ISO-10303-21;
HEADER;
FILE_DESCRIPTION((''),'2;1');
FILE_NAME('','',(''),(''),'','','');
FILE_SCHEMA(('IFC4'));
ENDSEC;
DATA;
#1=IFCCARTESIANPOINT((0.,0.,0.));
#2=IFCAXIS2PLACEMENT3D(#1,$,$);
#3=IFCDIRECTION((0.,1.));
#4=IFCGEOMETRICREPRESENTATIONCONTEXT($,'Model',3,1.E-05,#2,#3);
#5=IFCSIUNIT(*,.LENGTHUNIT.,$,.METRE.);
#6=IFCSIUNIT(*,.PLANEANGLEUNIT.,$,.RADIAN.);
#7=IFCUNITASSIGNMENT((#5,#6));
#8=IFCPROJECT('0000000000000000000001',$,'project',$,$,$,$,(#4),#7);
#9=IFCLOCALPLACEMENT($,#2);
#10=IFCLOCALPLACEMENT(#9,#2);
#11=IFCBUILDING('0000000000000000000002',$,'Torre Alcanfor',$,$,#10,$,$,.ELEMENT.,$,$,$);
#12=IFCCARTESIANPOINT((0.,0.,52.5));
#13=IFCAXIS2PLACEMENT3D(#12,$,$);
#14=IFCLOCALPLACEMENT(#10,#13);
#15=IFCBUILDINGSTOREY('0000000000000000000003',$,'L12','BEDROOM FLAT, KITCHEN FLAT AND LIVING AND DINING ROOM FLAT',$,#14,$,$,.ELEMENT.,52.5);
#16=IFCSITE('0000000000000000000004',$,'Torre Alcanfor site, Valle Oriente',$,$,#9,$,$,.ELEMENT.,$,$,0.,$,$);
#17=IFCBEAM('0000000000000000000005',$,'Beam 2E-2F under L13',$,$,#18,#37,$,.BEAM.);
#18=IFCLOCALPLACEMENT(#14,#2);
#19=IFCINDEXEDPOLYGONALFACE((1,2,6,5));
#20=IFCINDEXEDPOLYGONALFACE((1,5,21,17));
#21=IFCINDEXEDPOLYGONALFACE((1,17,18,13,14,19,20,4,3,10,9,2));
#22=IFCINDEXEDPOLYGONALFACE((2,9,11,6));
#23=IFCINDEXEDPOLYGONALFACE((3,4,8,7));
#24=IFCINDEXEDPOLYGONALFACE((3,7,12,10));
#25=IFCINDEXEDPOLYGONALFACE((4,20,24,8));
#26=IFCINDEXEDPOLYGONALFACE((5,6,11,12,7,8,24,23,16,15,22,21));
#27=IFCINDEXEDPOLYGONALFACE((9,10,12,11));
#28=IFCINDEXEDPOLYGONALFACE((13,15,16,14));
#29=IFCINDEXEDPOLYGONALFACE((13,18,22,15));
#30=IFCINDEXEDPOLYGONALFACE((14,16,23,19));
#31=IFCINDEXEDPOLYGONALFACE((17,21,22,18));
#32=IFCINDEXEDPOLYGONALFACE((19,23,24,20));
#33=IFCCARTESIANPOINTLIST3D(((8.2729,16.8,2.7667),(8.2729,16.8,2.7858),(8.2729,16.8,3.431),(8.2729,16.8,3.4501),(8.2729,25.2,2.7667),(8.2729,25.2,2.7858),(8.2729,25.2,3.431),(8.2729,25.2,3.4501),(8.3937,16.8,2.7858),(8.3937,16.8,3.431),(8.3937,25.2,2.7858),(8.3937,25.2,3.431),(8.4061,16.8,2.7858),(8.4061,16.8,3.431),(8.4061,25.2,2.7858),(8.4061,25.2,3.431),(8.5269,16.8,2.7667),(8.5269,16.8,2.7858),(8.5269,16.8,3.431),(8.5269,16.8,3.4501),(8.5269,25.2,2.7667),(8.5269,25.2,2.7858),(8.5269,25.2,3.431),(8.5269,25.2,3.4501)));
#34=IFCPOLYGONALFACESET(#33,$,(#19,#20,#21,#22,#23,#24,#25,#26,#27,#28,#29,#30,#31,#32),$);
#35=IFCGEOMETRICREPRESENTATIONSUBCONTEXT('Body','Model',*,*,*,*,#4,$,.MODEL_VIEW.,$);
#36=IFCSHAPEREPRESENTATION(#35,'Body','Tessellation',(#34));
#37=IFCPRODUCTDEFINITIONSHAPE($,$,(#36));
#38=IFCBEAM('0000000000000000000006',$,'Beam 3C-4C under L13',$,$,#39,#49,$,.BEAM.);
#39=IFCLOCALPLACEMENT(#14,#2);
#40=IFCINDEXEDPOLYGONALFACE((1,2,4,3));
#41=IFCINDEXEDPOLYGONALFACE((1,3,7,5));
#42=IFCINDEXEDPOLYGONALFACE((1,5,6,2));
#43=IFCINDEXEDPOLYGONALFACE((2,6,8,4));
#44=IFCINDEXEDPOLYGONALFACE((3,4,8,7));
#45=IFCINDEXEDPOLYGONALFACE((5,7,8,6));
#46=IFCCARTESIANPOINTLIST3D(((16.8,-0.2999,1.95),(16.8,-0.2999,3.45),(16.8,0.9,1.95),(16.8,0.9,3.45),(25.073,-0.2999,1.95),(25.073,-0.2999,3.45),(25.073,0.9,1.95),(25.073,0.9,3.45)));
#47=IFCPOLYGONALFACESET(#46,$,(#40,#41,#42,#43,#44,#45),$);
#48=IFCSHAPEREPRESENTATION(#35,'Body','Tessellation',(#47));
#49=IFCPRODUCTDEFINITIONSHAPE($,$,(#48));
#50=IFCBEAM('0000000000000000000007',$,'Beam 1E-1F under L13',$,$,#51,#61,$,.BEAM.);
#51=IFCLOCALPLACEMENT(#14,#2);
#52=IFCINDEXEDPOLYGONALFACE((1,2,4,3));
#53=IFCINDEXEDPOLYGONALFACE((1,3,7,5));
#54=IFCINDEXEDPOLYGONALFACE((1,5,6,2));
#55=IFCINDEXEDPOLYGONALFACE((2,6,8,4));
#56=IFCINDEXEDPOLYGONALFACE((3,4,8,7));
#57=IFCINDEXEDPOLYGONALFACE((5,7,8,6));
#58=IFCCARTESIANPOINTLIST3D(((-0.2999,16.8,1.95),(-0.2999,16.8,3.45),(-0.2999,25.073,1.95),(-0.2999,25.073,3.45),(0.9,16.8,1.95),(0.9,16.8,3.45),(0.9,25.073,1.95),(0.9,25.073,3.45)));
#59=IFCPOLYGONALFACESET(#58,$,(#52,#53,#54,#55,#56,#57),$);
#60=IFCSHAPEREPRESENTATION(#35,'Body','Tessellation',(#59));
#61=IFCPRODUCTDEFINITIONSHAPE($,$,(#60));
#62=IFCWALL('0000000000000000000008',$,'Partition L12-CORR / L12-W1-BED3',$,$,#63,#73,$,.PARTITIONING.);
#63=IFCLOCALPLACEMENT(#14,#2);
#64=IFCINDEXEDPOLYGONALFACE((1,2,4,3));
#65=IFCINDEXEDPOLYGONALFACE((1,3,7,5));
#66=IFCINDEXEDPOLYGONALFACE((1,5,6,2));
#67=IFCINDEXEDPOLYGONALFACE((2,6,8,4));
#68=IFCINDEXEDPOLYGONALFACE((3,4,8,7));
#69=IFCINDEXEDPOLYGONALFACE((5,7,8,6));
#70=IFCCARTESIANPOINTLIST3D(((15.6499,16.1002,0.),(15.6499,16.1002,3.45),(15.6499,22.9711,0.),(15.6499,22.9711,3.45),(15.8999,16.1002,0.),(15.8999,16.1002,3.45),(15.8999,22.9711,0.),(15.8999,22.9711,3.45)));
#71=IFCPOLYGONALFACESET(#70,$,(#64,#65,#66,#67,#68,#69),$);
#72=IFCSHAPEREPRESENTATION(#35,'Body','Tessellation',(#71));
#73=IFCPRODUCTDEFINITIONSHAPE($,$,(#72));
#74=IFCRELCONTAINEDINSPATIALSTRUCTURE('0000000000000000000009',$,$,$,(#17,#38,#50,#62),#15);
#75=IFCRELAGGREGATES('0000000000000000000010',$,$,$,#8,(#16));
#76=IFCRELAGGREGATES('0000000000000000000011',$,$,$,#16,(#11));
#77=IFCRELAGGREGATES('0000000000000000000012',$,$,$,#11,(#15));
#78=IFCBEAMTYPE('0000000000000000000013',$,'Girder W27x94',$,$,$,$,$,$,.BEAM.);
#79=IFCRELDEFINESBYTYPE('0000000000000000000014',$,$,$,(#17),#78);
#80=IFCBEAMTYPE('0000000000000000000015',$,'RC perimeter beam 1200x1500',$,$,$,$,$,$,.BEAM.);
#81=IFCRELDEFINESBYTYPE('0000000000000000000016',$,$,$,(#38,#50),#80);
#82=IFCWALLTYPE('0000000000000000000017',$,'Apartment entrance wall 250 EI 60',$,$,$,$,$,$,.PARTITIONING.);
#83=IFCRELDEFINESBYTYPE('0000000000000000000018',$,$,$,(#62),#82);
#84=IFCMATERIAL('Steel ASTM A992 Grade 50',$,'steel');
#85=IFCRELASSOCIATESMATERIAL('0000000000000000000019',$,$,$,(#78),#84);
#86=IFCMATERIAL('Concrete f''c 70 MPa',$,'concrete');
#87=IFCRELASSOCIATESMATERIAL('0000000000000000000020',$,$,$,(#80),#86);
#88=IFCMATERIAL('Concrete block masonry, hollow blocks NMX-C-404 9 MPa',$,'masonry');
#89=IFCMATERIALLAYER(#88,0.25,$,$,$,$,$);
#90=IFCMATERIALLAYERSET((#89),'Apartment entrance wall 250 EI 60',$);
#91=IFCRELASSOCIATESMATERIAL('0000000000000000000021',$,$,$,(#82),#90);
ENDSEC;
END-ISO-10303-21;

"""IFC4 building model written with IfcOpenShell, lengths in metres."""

from ifc_helpers import new_model, si_unit, direction, frame, frame_2d, origin, origin_2d, place, context, subcontext, project, spatial, rectangle, i_section, extrude, material, layer, layer_set, material_profile, profile_set, type_object, element, save


model = new_model("IFC4")

# Units and contexts
model_context = context("Model", 3, precision=1e-05, world=origin(), true_north=direction((0.0, 1.0)))
body_context = subcontext(model_context, "Body", "Model", "MODEL_VIEW")
ifc_project = project(units=[si_unit("LENGTHUNIT", "METRE"), si_unit("PLANEANGLEUNIT", "RADIAN")], contexts=[model_context])

# Site, building, storey
site_placement = place(None, origin())
site = spatial("IfcSite", under=ifc_project, at=site_placement, Name="Torre Alcanfor site, Valle Oriente", CompositionType="ELEMENT", RefElevation=0.0)
building_placement = place(site_placement, origin())
building = spatial("IfcBuilding", under=site, at=building_placement, Name="Torre Alcanfor", CompositionType="ELEMENT")
storey_placement = place(building_placement, frame((0.0, 0.0, 52.5)))
storey = spatial("IfcBuildingStorey", under=building, at=storey_placement, Name="L12", Description="BEDROOM FLAT, KITCHEN FLAT AND LIVING AND DINING ROOM FLAT", CompositionType="ELEMENT", Elevation=52.5)

# Beams
ifc_material_1 = material(Name="Steel ASTM A992 Grade 50", Category="steel")
ifc_material_profile_1 = material_profile(ifc_material_1, i_section(OverallWidth=0.2539, OverallDepth=0.6833, WebThickness=0.0125, FlangeThickness=0.019, at=origin_2d()), Name="W27x94")
ifc_profile_set_1 = profile_set([ifc_material_profile_1], Name="Steel ASTM A992 Grade 50")
beam_type_1 = type_object("IfcBeamType", Name="Girder W27x94", PredefinedType="BEAM", material=ifc_profile_set_1)
beam_placement = place(storey_placement, frame((8.3999, 16.8, 3.1084), z_axis=(0.0, 1.0, 0.0), x_axis=(-1.0, 0.0, 0.0)))
element("IfcBeam", 1, at=beam_placement, inside=storey, type_object=beam_type_1, Name="Beam 2E-2F under L13", PredefinedType="BEAM", context=body_context, shape_type="SweptSolid", body=[
    extrude(i_section(OverallWidth=0.2539, OverallDepth=0.6833, WebThickness=0.0125, FlangeThickness=0.019, at=origin_2d()), origin(), (0.0, 0.0, 1.0), 8.3999),
])
ifc_material_2 = material(Name="Concrete f'c 70 MPa", Category="concrete")
ifc_material_profile_2 = material_profile(ifc_material_2, rectangle(XDim=1.2, YDim=1.5, at=origin_2d()), Name="1200x1500")
ifc_profile_set_2 = profile_set([ifc_material_profile_2], Name="Concrete f'c 70 MPa")
beam_type_2 = type_object("IfcBeamType", Name="RC perimeter beam 1200x1500", PredefinedType="BEAM", material=ifc_profile_set_2)
for number, where, z_axis, x_axis, name in (
    (2, (16.8, 0.3, 2.7), (1.0, 0.0, 0.0), (0.0, 1.0, 0.0), "Beam 3C-4C under L13"),
    (3, (0.3, 16.8, 2.7), (0.0, 1.0, 0.0), (-1.0, 0.0, 0.0), "Beam 1E-1F under L13"),
):
    element("IfcBeam", number, at=place(storey_placement, frame(where, z_axis=z_axis, x_axis=x_axis)), inside=storey, type_object=beam_type_2, Name=name, PredefinedType="BEAM", context=body_context, shape_type="SweptSolid", body=[
        extrude(rectangle(XDim=1.2, YDim=1.5, at=origin_2d()), origin(), (0.0, 0.0, 1.0), 8.2729),
    ])

# Wall
ifc_material_3 = material(Name="Concrete block masonry, hollow blocks NMX-C-404 9 MPa", Category="masonry")
ifc_layer_1 = layer(ifc_material_3, 0.25)
ifc_layer_set_1 = layer_set([ifc_layer_1], Name="Apartment entrance wall 250 EI 60")
wall_type_1 = type_object("IfcWallType", Name="Apartment entrance wall 250 EI 60", PredefinedType="PARTITIONING", material=ifc_layer_set_1)
wall_1_placement = place(storey_placement, frame((15.7749, 16.1001, 0.0), z_axis=(0.0, 0.0, 1.0), x_axis=(0.0, 1.0, 0.0)))
element("IfcWall", 4, at=wall_1_placement, inside=storey, type_object=wall_type_1, Name="Partition L12-CORR / L12-W1-BED3", PredefinedType="PARTITIONING", context=body_context, shape_type="SweptSolid", body=[
    extrude(rectangle(XDim=6.8708, YDim=0.25, at=frame_2d((3.4355, 0.0))), origin(), (0.0, 0.0, 1.0), 3.45),
])

save(model, "model.ifc")
